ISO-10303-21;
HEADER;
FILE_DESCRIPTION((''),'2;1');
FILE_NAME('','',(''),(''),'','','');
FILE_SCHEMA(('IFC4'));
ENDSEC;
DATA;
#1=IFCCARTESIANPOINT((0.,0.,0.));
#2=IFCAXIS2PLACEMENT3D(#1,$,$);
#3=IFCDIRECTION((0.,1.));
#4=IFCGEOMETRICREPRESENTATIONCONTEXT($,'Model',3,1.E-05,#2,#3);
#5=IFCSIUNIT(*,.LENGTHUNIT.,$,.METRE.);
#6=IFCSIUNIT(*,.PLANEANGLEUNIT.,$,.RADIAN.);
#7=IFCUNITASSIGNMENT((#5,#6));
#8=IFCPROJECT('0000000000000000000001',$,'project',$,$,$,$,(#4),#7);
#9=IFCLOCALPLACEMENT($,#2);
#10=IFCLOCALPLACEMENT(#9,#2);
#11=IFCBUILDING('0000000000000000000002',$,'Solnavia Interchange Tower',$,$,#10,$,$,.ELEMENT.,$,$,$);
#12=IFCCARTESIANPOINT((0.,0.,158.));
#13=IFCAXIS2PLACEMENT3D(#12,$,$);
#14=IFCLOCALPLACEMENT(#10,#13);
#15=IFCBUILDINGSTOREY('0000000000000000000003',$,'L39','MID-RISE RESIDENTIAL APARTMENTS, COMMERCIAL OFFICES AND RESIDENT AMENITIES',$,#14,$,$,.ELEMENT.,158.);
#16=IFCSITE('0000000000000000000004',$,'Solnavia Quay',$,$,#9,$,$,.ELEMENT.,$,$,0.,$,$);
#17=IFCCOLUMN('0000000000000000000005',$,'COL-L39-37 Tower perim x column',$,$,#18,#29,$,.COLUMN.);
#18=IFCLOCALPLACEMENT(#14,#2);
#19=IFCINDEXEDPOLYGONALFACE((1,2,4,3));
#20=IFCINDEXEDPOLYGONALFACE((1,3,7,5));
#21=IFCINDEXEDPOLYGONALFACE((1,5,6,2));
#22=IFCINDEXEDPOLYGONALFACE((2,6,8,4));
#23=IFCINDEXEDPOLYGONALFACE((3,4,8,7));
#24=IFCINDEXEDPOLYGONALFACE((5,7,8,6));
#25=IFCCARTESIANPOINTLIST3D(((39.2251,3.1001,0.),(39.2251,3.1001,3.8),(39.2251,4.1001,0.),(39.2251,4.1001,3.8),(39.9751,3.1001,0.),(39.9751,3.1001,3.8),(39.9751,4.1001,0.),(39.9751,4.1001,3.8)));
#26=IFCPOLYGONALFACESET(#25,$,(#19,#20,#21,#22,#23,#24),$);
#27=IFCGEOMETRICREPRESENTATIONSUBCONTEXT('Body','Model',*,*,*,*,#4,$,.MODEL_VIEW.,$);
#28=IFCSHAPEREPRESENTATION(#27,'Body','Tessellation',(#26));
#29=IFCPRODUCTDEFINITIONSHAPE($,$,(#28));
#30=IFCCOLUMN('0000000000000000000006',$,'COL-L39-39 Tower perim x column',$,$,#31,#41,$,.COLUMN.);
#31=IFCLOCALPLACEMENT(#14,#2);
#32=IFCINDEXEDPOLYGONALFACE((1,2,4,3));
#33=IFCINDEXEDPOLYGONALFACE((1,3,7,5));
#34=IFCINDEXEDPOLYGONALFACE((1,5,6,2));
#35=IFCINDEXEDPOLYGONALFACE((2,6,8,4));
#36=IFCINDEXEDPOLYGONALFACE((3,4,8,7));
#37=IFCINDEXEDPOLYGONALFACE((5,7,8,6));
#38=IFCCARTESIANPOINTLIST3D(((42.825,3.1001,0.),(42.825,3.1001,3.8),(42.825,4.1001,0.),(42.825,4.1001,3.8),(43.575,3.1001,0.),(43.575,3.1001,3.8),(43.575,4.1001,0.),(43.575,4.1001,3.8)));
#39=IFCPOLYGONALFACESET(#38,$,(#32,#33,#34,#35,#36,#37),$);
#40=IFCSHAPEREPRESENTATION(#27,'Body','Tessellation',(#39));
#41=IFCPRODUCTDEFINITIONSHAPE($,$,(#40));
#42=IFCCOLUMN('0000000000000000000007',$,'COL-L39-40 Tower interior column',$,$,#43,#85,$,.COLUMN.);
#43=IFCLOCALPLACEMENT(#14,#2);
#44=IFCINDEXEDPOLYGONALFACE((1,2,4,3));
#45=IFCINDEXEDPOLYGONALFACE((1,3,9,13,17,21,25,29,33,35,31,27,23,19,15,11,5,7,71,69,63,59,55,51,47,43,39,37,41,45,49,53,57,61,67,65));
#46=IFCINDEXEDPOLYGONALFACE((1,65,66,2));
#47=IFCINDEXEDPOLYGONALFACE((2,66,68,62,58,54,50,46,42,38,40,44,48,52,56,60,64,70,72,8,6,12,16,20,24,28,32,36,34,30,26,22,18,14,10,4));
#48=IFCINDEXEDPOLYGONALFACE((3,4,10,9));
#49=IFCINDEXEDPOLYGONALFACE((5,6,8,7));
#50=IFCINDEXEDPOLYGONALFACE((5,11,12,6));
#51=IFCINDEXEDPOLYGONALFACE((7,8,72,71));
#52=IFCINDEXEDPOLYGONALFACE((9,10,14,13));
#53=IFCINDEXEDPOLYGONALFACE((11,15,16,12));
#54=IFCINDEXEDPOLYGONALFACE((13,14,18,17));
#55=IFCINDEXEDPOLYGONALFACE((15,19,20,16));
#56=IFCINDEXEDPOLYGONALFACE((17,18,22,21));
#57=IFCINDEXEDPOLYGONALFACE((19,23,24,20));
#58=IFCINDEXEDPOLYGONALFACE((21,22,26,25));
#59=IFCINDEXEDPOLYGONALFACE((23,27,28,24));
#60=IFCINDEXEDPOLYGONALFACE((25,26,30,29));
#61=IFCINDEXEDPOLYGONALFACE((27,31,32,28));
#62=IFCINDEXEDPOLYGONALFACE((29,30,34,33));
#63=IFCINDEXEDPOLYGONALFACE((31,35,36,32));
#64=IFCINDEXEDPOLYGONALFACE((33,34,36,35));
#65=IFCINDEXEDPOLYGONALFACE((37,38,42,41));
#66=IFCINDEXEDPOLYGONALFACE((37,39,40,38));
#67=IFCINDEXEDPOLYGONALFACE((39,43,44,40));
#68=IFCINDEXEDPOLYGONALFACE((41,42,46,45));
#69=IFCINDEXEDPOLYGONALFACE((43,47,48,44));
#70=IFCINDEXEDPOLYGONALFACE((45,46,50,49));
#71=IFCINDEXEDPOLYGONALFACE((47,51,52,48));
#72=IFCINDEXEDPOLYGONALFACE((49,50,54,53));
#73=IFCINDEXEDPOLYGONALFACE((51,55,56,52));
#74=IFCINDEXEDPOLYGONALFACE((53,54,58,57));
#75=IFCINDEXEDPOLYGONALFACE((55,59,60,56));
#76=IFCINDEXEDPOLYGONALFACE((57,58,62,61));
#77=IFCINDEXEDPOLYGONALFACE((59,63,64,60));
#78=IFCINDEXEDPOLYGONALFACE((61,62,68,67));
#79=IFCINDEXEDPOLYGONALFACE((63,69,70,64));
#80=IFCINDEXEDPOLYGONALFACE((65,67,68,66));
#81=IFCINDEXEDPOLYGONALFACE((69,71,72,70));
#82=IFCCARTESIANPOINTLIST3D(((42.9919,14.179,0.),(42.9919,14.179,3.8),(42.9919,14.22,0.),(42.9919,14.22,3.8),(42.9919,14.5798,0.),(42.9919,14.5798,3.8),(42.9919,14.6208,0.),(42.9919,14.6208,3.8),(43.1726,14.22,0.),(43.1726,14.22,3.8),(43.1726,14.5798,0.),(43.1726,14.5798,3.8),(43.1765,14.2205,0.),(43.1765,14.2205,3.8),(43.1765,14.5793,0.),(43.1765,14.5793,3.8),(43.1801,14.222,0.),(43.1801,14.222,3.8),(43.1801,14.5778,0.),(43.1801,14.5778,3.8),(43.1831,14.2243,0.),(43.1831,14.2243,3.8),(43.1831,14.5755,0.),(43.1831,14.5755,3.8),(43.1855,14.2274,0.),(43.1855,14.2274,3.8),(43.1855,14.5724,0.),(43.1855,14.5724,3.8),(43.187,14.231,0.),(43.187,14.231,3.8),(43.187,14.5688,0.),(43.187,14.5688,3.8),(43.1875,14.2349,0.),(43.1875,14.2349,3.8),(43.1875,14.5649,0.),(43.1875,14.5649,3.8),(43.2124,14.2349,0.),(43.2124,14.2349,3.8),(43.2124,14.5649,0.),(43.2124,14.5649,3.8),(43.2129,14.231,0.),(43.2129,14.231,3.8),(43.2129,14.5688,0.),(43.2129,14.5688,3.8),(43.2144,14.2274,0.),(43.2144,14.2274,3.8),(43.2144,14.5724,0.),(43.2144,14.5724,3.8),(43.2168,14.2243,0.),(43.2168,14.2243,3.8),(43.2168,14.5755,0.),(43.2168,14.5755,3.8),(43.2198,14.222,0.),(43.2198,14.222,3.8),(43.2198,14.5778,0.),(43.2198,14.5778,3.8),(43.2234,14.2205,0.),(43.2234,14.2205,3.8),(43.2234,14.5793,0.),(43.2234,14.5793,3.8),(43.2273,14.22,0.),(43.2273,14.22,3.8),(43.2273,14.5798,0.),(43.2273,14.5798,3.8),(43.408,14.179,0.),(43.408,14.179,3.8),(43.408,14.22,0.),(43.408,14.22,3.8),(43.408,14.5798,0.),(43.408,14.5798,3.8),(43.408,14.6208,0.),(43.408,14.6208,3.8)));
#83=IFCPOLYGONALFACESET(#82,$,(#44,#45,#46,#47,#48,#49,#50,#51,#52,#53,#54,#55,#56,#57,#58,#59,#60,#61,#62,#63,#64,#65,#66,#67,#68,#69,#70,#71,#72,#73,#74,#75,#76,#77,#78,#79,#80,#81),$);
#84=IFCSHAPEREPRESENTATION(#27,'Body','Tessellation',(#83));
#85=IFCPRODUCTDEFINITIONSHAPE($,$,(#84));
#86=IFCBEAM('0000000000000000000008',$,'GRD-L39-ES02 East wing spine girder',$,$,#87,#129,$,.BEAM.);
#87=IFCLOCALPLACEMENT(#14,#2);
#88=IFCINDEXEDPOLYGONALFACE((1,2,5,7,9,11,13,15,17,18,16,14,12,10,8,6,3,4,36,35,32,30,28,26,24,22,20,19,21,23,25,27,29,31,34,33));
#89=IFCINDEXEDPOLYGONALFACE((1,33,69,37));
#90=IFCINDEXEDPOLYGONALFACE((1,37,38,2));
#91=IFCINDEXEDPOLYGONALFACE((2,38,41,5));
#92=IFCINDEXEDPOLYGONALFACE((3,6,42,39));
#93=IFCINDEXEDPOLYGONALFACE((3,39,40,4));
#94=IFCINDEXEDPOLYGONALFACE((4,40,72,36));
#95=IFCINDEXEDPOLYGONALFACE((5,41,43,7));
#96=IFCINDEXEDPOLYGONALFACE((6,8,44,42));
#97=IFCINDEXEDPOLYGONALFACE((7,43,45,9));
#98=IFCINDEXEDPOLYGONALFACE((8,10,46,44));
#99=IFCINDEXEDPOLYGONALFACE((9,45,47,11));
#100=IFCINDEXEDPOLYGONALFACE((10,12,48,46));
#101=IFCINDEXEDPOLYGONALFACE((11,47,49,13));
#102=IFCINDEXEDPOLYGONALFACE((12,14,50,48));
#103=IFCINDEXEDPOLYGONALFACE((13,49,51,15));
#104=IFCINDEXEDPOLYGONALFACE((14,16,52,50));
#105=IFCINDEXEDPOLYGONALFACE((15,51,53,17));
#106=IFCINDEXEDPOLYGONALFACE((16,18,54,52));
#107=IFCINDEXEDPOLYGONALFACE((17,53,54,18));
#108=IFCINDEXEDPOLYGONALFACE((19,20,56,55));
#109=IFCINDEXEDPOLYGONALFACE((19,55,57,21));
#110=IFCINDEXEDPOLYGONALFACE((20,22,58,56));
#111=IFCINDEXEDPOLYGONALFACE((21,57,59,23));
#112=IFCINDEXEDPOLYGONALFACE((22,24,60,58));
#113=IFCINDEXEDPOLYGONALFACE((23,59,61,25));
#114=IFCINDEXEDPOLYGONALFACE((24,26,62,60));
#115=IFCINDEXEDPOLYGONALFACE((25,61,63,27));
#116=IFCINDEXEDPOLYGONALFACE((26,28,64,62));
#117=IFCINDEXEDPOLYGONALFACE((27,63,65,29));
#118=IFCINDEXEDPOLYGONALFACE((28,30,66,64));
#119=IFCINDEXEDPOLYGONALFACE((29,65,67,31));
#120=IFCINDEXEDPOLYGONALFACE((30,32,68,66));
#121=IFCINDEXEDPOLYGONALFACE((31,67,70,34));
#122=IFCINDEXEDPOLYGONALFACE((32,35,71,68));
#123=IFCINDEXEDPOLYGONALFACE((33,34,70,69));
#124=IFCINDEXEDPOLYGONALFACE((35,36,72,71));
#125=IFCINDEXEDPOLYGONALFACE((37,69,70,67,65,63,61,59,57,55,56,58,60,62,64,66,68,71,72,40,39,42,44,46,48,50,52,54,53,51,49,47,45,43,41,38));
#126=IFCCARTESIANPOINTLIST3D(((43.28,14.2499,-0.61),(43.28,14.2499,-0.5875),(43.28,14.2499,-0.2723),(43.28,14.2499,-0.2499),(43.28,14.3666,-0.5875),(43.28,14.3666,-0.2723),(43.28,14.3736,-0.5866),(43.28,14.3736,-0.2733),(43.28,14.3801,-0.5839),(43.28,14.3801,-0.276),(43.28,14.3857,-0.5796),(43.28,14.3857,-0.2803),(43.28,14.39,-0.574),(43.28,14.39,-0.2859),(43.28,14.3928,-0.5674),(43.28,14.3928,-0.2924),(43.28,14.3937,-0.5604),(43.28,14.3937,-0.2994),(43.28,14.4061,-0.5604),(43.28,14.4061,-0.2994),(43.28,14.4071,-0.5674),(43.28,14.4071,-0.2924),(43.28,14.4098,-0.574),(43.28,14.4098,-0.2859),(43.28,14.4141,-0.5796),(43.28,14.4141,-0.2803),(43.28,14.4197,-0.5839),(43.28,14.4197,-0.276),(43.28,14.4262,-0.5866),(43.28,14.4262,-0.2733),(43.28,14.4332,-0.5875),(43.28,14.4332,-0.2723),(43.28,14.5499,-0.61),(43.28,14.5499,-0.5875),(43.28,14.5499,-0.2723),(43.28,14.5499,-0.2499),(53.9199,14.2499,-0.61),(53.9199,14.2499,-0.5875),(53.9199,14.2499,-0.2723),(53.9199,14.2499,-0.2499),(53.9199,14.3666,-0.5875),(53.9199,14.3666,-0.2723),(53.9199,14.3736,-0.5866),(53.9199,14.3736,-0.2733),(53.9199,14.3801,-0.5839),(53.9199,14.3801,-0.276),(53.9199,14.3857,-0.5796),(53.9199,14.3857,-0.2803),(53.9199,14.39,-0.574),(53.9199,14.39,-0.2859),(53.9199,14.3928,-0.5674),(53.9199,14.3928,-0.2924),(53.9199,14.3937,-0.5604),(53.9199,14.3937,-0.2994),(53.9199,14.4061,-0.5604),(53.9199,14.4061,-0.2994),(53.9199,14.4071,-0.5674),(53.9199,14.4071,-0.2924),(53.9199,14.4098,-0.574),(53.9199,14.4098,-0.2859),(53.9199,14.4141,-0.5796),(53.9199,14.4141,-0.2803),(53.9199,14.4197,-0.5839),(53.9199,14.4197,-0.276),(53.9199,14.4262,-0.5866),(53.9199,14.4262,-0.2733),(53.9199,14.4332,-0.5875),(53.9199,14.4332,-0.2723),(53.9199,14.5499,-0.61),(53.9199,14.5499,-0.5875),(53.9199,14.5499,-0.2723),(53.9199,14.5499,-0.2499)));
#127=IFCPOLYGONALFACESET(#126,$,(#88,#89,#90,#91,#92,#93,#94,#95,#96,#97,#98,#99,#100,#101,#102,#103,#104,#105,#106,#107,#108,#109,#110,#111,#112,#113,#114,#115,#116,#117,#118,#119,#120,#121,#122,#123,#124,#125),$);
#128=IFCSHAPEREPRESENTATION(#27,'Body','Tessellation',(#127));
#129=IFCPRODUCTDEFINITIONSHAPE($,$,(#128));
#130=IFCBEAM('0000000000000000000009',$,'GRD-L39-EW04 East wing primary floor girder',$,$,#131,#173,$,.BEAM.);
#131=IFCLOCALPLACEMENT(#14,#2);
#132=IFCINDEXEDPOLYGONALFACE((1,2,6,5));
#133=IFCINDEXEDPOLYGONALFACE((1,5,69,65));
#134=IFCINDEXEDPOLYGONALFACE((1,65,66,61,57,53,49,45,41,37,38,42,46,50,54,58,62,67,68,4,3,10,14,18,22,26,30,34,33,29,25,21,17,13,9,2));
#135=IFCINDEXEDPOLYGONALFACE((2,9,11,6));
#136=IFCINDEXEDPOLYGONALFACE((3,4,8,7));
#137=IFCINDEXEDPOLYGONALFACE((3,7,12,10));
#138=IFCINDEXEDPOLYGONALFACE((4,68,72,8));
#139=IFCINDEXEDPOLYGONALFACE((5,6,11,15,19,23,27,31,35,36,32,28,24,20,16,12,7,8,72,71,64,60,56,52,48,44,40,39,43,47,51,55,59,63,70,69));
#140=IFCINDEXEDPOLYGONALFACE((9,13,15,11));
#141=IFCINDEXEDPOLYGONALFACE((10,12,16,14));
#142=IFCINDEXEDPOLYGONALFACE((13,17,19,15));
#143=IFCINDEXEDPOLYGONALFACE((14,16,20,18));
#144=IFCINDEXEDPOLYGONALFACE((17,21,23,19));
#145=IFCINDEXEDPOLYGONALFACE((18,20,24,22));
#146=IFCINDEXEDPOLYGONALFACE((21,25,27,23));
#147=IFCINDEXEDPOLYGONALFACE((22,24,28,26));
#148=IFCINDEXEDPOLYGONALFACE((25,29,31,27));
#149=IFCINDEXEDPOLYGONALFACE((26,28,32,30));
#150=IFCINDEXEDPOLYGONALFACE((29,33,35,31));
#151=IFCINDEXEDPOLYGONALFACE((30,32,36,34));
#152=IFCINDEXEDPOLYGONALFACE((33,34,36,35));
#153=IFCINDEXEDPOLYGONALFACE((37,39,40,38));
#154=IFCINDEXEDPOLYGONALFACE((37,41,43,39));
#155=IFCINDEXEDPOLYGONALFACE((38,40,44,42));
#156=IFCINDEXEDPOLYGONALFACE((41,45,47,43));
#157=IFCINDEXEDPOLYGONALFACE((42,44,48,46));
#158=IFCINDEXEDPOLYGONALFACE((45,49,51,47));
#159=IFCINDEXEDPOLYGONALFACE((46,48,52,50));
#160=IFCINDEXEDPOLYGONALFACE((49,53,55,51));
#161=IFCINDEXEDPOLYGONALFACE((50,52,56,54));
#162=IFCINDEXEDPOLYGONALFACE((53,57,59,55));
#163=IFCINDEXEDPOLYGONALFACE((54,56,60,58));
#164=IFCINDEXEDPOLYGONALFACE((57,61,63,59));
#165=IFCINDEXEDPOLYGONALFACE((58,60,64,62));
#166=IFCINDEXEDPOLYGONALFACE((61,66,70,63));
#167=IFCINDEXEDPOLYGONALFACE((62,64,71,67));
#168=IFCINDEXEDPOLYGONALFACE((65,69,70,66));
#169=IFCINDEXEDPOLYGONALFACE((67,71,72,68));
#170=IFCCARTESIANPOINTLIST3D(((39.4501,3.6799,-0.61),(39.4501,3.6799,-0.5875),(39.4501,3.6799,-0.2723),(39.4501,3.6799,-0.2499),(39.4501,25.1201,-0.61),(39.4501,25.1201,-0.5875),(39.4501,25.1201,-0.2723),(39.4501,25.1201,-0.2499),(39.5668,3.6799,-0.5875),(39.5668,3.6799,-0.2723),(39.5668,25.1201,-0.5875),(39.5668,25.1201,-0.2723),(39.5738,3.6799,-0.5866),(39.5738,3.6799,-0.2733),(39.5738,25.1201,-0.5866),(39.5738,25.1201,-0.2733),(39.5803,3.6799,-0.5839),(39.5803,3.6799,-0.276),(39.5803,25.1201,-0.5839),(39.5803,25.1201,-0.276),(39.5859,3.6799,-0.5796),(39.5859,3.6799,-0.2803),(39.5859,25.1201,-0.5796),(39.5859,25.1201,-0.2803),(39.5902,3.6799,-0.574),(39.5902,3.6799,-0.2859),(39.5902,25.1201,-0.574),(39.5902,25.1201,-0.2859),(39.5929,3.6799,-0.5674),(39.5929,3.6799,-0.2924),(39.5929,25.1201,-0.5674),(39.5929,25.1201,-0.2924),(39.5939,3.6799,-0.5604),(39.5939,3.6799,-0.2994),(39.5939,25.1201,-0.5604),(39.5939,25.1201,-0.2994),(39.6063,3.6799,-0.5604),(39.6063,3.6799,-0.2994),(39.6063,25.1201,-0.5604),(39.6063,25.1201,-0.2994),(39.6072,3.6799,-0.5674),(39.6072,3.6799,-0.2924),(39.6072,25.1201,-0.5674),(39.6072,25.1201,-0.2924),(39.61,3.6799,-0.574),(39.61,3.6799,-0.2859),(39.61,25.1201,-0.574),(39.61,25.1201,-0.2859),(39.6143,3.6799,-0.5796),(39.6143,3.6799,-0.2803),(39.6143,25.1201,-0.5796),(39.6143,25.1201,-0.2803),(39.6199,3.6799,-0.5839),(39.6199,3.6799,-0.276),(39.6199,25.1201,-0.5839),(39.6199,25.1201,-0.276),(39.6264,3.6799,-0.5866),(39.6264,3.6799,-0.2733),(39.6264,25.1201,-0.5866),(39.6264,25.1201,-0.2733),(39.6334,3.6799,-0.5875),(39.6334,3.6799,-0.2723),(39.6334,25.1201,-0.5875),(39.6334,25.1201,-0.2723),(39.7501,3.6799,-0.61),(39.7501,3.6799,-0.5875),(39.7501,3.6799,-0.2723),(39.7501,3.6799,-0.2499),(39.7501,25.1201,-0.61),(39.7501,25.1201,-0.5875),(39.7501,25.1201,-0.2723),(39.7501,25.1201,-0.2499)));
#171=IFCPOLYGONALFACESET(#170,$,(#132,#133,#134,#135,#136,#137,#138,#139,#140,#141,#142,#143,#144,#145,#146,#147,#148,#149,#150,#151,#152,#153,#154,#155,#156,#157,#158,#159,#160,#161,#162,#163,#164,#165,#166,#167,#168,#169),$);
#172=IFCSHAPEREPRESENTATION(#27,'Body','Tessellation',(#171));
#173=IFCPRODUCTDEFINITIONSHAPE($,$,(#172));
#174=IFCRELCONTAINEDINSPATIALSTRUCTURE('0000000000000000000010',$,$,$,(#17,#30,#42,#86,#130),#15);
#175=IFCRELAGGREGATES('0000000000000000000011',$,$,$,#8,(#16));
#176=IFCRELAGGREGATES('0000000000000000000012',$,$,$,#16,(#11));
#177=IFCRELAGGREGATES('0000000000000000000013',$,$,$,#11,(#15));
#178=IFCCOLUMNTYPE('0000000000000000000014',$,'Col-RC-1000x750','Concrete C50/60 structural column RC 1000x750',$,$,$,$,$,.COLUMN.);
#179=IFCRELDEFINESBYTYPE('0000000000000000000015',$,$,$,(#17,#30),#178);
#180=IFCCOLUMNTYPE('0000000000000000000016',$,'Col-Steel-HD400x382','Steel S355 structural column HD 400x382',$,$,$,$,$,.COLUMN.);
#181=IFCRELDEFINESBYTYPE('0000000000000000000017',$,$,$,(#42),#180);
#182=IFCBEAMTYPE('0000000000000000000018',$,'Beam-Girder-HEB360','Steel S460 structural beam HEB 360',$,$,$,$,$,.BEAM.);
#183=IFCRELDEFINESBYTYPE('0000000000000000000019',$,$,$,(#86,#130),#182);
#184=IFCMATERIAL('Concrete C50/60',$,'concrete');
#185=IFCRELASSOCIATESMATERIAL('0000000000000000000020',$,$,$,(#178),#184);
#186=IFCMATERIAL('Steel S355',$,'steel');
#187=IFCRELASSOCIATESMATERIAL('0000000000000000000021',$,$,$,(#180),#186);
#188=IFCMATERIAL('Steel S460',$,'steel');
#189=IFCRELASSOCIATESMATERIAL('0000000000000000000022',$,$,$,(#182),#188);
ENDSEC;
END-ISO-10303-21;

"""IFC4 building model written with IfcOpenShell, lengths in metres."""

from ifc_helpers import new_model, si_unit, direction, frame, origin, origin_2d, place, context, subcontext, project, spatial, rectangle, i_section, extrude, material, material_profile, profile_set, type_object, element, save


model = new_model("IFC4")

# Units and contexts
model_context = context("Model", 3, precision=1e-05, world=origin(), true_north=direction((0.0, 1.0)))
body_context = subcontext(model_context, "Body", "Model", "MODEL_VIEW")
ifc_project = project(units=[si_unit("LENGTHUNIT", "METRE"), si_unit("PLANEANGLEUNIT", "RADIAN")], contexts=[model_context])

# Site, building, storey
site_placement = place(None, origin())
site = spatial("IfcSite", under=ifc_project, at=site_placement, Name="Solnavia Quay", CompositionType="ELEMENT", RefElevation=0.0)
building_placement = place(site_placement, origin())
building = spatial("IfcBuilding", under=site, at=building_placement, Name="Solnavia Interchange Tower", CompositionType="ELEMENT")
storey_placement = place(building_placement, frame((0.0, 0.0, 158.0)))
storey = spatial("IfcBuildingStorey", under=building, at=storey_placement, Name="L39", Description="MID-RISE RESIDENTIAL APARTMENTS, COMMERCIAL OFFICES AND RESIDENT AMENITIES", CompositionType="ELEMENT", Elevation=158.0)

# Columns
ifc_material_1 = material(Name="Concrete C50/60", Category="concrete")
ifc_material_profile_1 = material_profile(ifc_material_1, rectangle(XDim=0.75, YDim=1.0, at=origin_2d()), Name="RC 1000x750")
ifc_profile_set_1 = profile_set([ifc_material_profile_1], Name="Concrete C50/60")
column_type_1 = type_object("IfcColumnType", Name="Col-RC-1000x750", Description="Concrete C50/60 structural column RC 1000x750", PredefinedType="COLUMN", material=ifc_profile_set_1)
for number, where, z_axis, x_axis, name in (
    (1, (39.6001, 3.6001, 0.0), (0.0, 0.0, 1.0), (1.0, 0.0, 0.0), "COL-L39-37 Tower perim x column"),
    (2, (43.2, 3.6001, 0.0), (0.0, 0.0, 1.0), (1.0, 0.0, 0.0), "COL-L39-39 Tower perim x column"),
):
    element("IfcColumn", number, at=place(storey_placement, frame(where, z_axis=z_axis, x_axis=x_axis)), inside=storey, type_object=column_type_1, Name=name, PredefinedType="COLUMN", context=body_context, shape_type="SweptSolid", body=[
        extrude(rectangle(XDim=0.75, YDim=1.0, at=origin_2d()), origin(), (0.0, 0.0, 1.0), 3.8),
    ])
ifc_material_2 = material(Name="Steel S355", Category="steel")
ifc_material_profile_2 = material_profile(ifc_material_2, i_section(OverallWidth=0.416, OverallDepth=0.4419, WebThickness=0.0249, FlangeThickness=0.041, FilletRadius=0.0149, at=origin_2d()), Name="HD 400x382")
ifc_profile_set_2 = profile_set([ifc_material_profile_2], Name="Steel S355")
column_type_2 = type_object("IfcColumnType", Name="Col-Steel-HD400x382", Description="Steel S355 structural column HD 400x382", PredefinedType="COLUMN", material=ifc_profile_set_2)
column_placement = place(storey_placement, frame((43.2, 14.3999, 0.0), z_axis=(0.0, 0.0, 1.0), x_axis=(1.0, 0.0, 0.0)))
element("IfcColumn", 3, at=column_placement, inside=storey, type_object=column_type_2, Name="COL-L39-40 Tower interior column", PredefinedType="COLUMN", context=body_context, shape_type="SweptSolid", body=[
    extrude(i_section(OverallWidth=0.416, OverallDepth=0.4419, WebThickness=0.0249, FlangeThickness=0.041, FilletRadius=0.0149, at=origin_2d()), origin(), (0.0, 0.0, 1.0), 3.8),
])

# Beams
ifc_material_3 = material(Name="Steel S460", Category="steel")
ifc_material_profile_3 = material_profile(ifc_material_3, i_section(OverallWidth=0.3, OverallDepth=0.3601, WebThickness=0.0125, FlangeThickness=0.0225, FilletRadius=0.0271, at=origin_2d()), Name="HEB 360")
ifc_profile_set_3 = profile_set([ifc_material_profile_3], Name="Steel S460")
beam_type_1 = type_object("IfcBeamType", Name="Beam-Girder-HEB360", Description="Steel S460 structural beam HEB 360", PredefinedType="BEAM", material=ifc_profile_set_3)
beam_1_placement = place(storey_placement, frame((43.28, 14.3999, -0.4299), z_axis=(1.0, 0.0, 0.0), x_axis=(0.0, 1.0, 0.0)))
element("IfcBeam", 4, at=beam_1_placement, inside=storey, type_object=beam_type_1, Name="GRD-L39-ES02 East wing spine girder", PredefinedType="BEAM", context=body_context, shape_type="SweptSolid", body=[
    extrude(i_section(OverallWidth=0.3, OverallDepth=0.3601, WebThickness=0.0125, FlangeThickness=0.0225, FilletRadius=0.0271, at=origin_2d()), origin(), (0.0, 0.0, 1.0), 10.6399),
])
beam_2_placement = place(storey_placement, frame((39.6001, 3.6799, -0.4299), z_axis=(0.0, 1.0, 0.0), x_axis=(-1.0, 0.0, 0.0)))
element("IfcBeam", 5, at=beam_2_placement, inside=storey, type_object=beam_type_1, Name="GRD-L39-EW04 East wing primary floor girder", PredefinedType="BEAM", context=body_context, shape_type="SweptSolid", body=[
    extrude(i_section(OverallWidth=0.3, OverallDepth=0.3601, WebThickness=0.0125, FlangeThickness=0.0225, FilletRadius=0.0271, at=origin_2d()), origin(), (0.0, 0.0, 1.0), 21.4402),
])

save(model, "model.ifc")
